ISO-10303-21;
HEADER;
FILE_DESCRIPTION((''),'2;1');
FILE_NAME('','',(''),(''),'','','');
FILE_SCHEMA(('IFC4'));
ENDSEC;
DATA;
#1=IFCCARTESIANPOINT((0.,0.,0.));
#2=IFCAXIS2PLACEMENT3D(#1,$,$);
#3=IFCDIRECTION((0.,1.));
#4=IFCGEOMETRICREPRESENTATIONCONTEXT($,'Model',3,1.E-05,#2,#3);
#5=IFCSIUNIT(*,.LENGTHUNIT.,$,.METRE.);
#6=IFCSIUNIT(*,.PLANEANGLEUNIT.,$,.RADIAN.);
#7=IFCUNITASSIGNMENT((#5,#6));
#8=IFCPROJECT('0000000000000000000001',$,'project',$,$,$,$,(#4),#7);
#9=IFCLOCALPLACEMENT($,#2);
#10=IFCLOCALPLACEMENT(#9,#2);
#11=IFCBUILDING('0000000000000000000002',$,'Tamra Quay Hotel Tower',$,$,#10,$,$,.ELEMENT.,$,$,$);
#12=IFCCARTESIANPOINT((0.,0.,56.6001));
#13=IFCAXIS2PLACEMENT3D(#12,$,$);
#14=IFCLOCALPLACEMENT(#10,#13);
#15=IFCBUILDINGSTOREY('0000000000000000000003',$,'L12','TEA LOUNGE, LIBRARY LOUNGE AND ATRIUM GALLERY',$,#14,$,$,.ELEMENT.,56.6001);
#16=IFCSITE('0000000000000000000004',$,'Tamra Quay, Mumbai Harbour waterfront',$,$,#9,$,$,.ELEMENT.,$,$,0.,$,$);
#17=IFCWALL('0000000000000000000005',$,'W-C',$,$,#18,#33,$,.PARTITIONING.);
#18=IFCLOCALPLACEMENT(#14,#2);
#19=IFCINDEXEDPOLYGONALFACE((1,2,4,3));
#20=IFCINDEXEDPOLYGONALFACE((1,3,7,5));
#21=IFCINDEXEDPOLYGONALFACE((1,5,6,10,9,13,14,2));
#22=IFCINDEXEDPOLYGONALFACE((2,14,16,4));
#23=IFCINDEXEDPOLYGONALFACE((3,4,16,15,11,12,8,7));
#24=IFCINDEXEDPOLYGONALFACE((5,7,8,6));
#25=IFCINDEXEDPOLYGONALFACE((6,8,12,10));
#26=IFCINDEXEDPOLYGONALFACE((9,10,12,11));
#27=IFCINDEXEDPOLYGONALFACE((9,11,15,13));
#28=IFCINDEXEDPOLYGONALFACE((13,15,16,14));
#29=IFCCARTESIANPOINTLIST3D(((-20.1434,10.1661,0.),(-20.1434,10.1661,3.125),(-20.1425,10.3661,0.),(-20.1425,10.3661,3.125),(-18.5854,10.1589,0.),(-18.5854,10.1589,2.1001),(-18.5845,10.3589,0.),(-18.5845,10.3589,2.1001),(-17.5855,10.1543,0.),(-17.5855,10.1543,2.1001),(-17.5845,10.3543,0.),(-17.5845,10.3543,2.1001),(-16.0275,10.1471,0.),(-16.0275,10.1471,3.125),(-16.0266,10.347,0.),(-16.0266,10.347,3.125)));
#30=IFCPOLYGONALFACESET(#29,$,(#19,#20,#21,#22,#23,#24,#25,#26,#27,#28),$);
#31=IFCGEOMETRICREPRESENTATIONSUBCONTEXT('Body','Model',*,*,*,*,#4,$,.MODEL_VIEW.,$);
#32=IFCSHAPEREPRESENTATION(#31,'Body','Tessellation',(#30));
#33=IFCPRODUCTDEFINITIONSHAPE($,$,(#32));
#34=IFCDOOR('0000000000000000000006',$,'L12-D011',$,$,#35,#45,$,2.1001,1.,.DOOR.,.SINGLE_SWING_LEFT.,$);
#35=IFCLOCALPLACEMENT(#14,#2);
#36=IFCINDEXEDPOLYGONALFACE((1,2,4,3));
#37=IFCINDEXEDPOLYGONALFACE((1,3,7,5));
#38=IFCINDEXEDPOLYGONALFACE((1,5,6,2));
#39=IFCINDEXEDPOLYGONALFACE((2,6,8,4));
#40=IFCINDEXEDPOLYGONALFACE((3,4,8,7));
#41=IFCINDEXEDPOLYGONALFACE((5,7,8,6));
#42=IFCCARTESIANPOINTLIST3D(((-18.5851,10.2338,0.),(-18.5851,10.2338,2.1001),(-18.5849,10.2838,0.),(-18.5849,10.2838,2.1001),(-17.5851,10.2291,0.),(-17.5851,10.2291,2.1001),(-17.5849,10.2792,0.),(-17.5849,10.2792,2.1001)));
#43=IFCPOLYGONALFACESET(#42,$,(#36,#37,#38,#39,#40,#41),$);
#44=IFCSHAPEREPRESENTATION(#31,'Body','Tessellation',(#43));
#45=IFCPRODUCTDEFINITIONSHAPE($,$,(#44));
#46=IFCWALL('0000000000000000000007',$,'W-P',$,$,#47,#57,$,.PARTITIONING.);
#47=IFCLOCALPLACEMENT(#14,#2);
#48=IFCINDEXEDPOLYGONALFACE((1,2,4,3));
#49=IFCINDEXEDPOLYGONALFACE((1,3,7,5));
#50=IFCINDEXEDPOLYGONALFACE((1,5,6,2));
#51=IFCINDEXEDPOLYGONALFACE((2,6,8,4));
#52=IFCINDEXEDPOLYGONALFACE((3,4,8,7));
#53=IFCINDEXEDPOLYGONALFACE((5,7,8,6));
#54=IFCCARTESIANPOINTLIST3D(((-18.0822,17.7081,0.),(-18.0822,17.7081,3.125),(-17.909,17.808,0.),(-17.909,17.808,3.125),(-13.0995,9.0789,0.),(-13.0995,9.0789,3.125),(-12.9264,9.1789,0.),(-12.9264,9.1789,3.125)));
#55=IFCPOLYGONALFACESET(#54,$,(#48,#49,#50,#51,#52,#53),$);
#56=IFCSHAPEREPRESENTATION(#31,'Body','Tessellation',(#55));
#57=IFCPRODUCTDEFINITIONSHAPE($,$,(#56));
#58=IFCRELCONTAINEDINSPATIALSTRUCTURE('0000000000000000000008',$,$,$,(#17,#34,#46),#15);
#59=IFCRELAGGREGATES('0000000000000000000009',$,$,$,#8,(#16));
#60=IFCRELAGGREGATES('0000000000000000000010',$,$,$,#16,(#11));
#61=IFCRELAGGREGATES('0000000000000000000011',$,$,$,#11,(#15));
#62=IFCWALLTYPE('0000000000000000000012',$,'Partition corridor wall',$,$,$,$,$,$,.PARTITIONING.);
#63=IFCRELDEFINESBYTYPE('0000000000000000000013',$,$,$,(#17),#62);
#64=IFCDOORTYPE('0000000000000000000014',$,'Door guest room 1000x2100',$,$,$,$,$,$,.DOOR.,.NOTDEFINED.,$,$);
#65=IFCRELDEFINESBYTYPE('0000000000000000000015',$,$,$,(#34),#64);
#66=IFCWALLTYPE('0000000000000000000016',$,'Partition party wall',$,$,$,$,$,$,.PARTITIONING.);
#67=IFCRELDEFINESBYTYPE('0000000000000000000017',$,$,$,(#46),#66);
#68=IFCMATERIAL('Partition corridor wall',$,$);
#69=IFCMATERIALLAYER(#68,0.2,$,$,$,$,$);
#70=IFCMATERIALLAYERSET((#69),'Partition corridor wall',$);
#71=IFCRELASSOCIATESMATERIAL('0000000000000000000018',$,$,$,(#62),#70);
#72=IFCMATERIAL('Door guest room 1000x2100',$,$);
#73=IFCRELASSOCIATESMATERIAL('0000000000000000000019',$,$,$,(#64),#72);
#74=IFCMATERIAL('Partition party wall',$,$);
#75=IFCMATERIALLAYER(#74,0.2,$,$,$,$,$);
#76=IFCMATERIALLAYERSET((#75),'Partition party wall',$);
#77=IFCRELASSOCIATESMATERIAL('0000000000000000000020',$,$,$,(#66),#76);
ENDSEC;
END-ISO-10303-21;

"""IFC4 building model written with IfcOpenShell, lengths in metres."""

from ifc_helpers import new_model, si_unit, direction, frame, frame_2d, origin, place, context, subcontext, project, spatial, rectangle, extrude, material, layer, layer_set, type_object, element, fill, save


model = new_model("IFC4")

# Units and contexts
model_context = context("Model", 3, precision=1e-05, world=origin(), true_north=direction((0.0, 1.0)))
body_context = subcontext(model_context, "Body", "Model", "MODEL_VIEW")
ifc_project = project(units=[si_unit("LENGTHUNIT", "METRE"), si_unit("PLANEANGLEUNIT", "RADIAN")], contexts=[model_context])

# Site, building, storey
site_placement = place(None, origin())
site = spatial("IfcSite", under=ifc_project, at=site_placement, Name="Tamra Quay, Mumbai Harbour waterfront", CompositionType="ELEMENT", RefElevation=0.0)
building_placement = place(site_placement, origin())
building = spatial("IfcBuilding", under=site, at=building_placement, Name="Tamra Quay Hotel Tower", CompositionType="ELEMENT")
storey_placement = place(building_placement, frame((0.0, 0.0, 56.6001)))
storey = spatial("IfcBuildingStorey", under=building, at=storey_placement, Name="L12", Description="TEA LOUNGE, LIBRARY LOUNGE AND ATRIUM GALLERY", CompositionType="ELEMENT", Elevation=56.6001)

# Shared definitions
ifc_material_1 = material(Name="Partition corridor wall")
ifc_layer_1 = layer(ifc_material_1, 0.2)
ifc_layer_set_1 = layer_set([ifc_layer_1], Name="Partition corridor wall")
wall_type_1 = type_object("IfcWallType", Name="Partition corridor wall", PredefinedType="PARTITIONING", material=ifc_layer_set_1)

# Wall, opening, door
wall_1_placement = place(storey_placement, frame((-20.1431, 10.2661, 0.0), z_axis=(0.0, 0.0, 1.0), x_axis=(0.999989, -0.004627, 0.0)))
wall_1 = element("IfcWall", 1, at=wall_1_placement, inside=storey, type_object=wall_type_1, Name="W-C", PredefinedType="PARTITIONING", context=body_context, shape_type="SweptSolid", body=[
    extrude(rectangle(XDim=4.116, YDim=0.2, at=frame_2d((2.0581, 0.0))), origin(), (0.0, 0.0, 1.0), 3.125),
])
opening_1_placement = place(wall_1_placement, frame((1.5581, 0.0, 0.0)))
opening_1 = element("IfcOpeningElement", 2, at=opening_1_placement, cuts=wall_1, PredefinedType="OPENING", context=body_context, shape_type="SweptSolid", body=[
    extrude(rectangle(XDim=1.0, YDim=2.1001, at=frame_2d((0.5, 1.05))), frame((0.0, 0.1099, 0.0), z_axis=(0.0, -1.0, 0.0), x_axis=(1.0, 0.0, 0.0)), (0.0, 0.0, 1.0), 0.22),
])
ifc_material_2 = material(Name="Door guest room 1000x2100")
door_type_1 = type_object("IfcDoorType", Name="Door guest room 1000x2100", OperationType="NOTDEFINED", PredefinedType="DOOR", material=ifc_material_2)
door_1_placement = place(opening_1_placement, origin())
door_1 = element("IfcDoor", 3, at=door_1_placement, inside=storey, type_object=door_type_1, Name="L12-D011", OperationType="SINGLE_SWING_LEFT", OverallHeight=2.1001, OverallWidth=1.0, PredefinedType="DOOR", context=body_context, shape_type="SweptSolid", body=[
    extrude(rectangle(XDim=1.0, YDim=2.1001, at=frame_2d((0.5, 1.05))), frame((0.0, 0.0249, 0.0), z_axis=(0.0, -1.0, 0.0), x_axis=(1.0, 0.0, 0.0)), (0.0, 0.0, 1.0), 0.05),
])
fill(opening_1, door_1)

# Wall
ifc_material_3 = material(Name="Partition party wall")
ifc_layer_2 = layer(ifc_material_3, 0.2)
ifc_layer_set_2 = layer_set([ifc_layer_2], Name="Partition party wall")
wall_type_2 = type_object("IfcWallType", Name="Partition party wall", PredefinedType="PARTITIONING", material=ifc_layer_set_2)
wall_2_placement = place(storey_placement, frame((-17.9956, 17.7581, 0.0), z_axis=(0.0, 0.0, 1.0), x_axis=(0.500047, -0.865998, 0.0)))
element("IfcWall", 4, at=wall_2_placement, inside=storey, type_object=wall_type_2, Name="W-P", PredefinedType="PARTITIONING", context=body_context, shape_type="SweptSolid", body=[
    extrude(rectangle(XDim=9.9644, YDim=0.2, at=frame_2d((4.9822, 0.0))), origin(), (0.0, 0.0, 1.0), 3.125),
])

save(model, "model.ifc")
